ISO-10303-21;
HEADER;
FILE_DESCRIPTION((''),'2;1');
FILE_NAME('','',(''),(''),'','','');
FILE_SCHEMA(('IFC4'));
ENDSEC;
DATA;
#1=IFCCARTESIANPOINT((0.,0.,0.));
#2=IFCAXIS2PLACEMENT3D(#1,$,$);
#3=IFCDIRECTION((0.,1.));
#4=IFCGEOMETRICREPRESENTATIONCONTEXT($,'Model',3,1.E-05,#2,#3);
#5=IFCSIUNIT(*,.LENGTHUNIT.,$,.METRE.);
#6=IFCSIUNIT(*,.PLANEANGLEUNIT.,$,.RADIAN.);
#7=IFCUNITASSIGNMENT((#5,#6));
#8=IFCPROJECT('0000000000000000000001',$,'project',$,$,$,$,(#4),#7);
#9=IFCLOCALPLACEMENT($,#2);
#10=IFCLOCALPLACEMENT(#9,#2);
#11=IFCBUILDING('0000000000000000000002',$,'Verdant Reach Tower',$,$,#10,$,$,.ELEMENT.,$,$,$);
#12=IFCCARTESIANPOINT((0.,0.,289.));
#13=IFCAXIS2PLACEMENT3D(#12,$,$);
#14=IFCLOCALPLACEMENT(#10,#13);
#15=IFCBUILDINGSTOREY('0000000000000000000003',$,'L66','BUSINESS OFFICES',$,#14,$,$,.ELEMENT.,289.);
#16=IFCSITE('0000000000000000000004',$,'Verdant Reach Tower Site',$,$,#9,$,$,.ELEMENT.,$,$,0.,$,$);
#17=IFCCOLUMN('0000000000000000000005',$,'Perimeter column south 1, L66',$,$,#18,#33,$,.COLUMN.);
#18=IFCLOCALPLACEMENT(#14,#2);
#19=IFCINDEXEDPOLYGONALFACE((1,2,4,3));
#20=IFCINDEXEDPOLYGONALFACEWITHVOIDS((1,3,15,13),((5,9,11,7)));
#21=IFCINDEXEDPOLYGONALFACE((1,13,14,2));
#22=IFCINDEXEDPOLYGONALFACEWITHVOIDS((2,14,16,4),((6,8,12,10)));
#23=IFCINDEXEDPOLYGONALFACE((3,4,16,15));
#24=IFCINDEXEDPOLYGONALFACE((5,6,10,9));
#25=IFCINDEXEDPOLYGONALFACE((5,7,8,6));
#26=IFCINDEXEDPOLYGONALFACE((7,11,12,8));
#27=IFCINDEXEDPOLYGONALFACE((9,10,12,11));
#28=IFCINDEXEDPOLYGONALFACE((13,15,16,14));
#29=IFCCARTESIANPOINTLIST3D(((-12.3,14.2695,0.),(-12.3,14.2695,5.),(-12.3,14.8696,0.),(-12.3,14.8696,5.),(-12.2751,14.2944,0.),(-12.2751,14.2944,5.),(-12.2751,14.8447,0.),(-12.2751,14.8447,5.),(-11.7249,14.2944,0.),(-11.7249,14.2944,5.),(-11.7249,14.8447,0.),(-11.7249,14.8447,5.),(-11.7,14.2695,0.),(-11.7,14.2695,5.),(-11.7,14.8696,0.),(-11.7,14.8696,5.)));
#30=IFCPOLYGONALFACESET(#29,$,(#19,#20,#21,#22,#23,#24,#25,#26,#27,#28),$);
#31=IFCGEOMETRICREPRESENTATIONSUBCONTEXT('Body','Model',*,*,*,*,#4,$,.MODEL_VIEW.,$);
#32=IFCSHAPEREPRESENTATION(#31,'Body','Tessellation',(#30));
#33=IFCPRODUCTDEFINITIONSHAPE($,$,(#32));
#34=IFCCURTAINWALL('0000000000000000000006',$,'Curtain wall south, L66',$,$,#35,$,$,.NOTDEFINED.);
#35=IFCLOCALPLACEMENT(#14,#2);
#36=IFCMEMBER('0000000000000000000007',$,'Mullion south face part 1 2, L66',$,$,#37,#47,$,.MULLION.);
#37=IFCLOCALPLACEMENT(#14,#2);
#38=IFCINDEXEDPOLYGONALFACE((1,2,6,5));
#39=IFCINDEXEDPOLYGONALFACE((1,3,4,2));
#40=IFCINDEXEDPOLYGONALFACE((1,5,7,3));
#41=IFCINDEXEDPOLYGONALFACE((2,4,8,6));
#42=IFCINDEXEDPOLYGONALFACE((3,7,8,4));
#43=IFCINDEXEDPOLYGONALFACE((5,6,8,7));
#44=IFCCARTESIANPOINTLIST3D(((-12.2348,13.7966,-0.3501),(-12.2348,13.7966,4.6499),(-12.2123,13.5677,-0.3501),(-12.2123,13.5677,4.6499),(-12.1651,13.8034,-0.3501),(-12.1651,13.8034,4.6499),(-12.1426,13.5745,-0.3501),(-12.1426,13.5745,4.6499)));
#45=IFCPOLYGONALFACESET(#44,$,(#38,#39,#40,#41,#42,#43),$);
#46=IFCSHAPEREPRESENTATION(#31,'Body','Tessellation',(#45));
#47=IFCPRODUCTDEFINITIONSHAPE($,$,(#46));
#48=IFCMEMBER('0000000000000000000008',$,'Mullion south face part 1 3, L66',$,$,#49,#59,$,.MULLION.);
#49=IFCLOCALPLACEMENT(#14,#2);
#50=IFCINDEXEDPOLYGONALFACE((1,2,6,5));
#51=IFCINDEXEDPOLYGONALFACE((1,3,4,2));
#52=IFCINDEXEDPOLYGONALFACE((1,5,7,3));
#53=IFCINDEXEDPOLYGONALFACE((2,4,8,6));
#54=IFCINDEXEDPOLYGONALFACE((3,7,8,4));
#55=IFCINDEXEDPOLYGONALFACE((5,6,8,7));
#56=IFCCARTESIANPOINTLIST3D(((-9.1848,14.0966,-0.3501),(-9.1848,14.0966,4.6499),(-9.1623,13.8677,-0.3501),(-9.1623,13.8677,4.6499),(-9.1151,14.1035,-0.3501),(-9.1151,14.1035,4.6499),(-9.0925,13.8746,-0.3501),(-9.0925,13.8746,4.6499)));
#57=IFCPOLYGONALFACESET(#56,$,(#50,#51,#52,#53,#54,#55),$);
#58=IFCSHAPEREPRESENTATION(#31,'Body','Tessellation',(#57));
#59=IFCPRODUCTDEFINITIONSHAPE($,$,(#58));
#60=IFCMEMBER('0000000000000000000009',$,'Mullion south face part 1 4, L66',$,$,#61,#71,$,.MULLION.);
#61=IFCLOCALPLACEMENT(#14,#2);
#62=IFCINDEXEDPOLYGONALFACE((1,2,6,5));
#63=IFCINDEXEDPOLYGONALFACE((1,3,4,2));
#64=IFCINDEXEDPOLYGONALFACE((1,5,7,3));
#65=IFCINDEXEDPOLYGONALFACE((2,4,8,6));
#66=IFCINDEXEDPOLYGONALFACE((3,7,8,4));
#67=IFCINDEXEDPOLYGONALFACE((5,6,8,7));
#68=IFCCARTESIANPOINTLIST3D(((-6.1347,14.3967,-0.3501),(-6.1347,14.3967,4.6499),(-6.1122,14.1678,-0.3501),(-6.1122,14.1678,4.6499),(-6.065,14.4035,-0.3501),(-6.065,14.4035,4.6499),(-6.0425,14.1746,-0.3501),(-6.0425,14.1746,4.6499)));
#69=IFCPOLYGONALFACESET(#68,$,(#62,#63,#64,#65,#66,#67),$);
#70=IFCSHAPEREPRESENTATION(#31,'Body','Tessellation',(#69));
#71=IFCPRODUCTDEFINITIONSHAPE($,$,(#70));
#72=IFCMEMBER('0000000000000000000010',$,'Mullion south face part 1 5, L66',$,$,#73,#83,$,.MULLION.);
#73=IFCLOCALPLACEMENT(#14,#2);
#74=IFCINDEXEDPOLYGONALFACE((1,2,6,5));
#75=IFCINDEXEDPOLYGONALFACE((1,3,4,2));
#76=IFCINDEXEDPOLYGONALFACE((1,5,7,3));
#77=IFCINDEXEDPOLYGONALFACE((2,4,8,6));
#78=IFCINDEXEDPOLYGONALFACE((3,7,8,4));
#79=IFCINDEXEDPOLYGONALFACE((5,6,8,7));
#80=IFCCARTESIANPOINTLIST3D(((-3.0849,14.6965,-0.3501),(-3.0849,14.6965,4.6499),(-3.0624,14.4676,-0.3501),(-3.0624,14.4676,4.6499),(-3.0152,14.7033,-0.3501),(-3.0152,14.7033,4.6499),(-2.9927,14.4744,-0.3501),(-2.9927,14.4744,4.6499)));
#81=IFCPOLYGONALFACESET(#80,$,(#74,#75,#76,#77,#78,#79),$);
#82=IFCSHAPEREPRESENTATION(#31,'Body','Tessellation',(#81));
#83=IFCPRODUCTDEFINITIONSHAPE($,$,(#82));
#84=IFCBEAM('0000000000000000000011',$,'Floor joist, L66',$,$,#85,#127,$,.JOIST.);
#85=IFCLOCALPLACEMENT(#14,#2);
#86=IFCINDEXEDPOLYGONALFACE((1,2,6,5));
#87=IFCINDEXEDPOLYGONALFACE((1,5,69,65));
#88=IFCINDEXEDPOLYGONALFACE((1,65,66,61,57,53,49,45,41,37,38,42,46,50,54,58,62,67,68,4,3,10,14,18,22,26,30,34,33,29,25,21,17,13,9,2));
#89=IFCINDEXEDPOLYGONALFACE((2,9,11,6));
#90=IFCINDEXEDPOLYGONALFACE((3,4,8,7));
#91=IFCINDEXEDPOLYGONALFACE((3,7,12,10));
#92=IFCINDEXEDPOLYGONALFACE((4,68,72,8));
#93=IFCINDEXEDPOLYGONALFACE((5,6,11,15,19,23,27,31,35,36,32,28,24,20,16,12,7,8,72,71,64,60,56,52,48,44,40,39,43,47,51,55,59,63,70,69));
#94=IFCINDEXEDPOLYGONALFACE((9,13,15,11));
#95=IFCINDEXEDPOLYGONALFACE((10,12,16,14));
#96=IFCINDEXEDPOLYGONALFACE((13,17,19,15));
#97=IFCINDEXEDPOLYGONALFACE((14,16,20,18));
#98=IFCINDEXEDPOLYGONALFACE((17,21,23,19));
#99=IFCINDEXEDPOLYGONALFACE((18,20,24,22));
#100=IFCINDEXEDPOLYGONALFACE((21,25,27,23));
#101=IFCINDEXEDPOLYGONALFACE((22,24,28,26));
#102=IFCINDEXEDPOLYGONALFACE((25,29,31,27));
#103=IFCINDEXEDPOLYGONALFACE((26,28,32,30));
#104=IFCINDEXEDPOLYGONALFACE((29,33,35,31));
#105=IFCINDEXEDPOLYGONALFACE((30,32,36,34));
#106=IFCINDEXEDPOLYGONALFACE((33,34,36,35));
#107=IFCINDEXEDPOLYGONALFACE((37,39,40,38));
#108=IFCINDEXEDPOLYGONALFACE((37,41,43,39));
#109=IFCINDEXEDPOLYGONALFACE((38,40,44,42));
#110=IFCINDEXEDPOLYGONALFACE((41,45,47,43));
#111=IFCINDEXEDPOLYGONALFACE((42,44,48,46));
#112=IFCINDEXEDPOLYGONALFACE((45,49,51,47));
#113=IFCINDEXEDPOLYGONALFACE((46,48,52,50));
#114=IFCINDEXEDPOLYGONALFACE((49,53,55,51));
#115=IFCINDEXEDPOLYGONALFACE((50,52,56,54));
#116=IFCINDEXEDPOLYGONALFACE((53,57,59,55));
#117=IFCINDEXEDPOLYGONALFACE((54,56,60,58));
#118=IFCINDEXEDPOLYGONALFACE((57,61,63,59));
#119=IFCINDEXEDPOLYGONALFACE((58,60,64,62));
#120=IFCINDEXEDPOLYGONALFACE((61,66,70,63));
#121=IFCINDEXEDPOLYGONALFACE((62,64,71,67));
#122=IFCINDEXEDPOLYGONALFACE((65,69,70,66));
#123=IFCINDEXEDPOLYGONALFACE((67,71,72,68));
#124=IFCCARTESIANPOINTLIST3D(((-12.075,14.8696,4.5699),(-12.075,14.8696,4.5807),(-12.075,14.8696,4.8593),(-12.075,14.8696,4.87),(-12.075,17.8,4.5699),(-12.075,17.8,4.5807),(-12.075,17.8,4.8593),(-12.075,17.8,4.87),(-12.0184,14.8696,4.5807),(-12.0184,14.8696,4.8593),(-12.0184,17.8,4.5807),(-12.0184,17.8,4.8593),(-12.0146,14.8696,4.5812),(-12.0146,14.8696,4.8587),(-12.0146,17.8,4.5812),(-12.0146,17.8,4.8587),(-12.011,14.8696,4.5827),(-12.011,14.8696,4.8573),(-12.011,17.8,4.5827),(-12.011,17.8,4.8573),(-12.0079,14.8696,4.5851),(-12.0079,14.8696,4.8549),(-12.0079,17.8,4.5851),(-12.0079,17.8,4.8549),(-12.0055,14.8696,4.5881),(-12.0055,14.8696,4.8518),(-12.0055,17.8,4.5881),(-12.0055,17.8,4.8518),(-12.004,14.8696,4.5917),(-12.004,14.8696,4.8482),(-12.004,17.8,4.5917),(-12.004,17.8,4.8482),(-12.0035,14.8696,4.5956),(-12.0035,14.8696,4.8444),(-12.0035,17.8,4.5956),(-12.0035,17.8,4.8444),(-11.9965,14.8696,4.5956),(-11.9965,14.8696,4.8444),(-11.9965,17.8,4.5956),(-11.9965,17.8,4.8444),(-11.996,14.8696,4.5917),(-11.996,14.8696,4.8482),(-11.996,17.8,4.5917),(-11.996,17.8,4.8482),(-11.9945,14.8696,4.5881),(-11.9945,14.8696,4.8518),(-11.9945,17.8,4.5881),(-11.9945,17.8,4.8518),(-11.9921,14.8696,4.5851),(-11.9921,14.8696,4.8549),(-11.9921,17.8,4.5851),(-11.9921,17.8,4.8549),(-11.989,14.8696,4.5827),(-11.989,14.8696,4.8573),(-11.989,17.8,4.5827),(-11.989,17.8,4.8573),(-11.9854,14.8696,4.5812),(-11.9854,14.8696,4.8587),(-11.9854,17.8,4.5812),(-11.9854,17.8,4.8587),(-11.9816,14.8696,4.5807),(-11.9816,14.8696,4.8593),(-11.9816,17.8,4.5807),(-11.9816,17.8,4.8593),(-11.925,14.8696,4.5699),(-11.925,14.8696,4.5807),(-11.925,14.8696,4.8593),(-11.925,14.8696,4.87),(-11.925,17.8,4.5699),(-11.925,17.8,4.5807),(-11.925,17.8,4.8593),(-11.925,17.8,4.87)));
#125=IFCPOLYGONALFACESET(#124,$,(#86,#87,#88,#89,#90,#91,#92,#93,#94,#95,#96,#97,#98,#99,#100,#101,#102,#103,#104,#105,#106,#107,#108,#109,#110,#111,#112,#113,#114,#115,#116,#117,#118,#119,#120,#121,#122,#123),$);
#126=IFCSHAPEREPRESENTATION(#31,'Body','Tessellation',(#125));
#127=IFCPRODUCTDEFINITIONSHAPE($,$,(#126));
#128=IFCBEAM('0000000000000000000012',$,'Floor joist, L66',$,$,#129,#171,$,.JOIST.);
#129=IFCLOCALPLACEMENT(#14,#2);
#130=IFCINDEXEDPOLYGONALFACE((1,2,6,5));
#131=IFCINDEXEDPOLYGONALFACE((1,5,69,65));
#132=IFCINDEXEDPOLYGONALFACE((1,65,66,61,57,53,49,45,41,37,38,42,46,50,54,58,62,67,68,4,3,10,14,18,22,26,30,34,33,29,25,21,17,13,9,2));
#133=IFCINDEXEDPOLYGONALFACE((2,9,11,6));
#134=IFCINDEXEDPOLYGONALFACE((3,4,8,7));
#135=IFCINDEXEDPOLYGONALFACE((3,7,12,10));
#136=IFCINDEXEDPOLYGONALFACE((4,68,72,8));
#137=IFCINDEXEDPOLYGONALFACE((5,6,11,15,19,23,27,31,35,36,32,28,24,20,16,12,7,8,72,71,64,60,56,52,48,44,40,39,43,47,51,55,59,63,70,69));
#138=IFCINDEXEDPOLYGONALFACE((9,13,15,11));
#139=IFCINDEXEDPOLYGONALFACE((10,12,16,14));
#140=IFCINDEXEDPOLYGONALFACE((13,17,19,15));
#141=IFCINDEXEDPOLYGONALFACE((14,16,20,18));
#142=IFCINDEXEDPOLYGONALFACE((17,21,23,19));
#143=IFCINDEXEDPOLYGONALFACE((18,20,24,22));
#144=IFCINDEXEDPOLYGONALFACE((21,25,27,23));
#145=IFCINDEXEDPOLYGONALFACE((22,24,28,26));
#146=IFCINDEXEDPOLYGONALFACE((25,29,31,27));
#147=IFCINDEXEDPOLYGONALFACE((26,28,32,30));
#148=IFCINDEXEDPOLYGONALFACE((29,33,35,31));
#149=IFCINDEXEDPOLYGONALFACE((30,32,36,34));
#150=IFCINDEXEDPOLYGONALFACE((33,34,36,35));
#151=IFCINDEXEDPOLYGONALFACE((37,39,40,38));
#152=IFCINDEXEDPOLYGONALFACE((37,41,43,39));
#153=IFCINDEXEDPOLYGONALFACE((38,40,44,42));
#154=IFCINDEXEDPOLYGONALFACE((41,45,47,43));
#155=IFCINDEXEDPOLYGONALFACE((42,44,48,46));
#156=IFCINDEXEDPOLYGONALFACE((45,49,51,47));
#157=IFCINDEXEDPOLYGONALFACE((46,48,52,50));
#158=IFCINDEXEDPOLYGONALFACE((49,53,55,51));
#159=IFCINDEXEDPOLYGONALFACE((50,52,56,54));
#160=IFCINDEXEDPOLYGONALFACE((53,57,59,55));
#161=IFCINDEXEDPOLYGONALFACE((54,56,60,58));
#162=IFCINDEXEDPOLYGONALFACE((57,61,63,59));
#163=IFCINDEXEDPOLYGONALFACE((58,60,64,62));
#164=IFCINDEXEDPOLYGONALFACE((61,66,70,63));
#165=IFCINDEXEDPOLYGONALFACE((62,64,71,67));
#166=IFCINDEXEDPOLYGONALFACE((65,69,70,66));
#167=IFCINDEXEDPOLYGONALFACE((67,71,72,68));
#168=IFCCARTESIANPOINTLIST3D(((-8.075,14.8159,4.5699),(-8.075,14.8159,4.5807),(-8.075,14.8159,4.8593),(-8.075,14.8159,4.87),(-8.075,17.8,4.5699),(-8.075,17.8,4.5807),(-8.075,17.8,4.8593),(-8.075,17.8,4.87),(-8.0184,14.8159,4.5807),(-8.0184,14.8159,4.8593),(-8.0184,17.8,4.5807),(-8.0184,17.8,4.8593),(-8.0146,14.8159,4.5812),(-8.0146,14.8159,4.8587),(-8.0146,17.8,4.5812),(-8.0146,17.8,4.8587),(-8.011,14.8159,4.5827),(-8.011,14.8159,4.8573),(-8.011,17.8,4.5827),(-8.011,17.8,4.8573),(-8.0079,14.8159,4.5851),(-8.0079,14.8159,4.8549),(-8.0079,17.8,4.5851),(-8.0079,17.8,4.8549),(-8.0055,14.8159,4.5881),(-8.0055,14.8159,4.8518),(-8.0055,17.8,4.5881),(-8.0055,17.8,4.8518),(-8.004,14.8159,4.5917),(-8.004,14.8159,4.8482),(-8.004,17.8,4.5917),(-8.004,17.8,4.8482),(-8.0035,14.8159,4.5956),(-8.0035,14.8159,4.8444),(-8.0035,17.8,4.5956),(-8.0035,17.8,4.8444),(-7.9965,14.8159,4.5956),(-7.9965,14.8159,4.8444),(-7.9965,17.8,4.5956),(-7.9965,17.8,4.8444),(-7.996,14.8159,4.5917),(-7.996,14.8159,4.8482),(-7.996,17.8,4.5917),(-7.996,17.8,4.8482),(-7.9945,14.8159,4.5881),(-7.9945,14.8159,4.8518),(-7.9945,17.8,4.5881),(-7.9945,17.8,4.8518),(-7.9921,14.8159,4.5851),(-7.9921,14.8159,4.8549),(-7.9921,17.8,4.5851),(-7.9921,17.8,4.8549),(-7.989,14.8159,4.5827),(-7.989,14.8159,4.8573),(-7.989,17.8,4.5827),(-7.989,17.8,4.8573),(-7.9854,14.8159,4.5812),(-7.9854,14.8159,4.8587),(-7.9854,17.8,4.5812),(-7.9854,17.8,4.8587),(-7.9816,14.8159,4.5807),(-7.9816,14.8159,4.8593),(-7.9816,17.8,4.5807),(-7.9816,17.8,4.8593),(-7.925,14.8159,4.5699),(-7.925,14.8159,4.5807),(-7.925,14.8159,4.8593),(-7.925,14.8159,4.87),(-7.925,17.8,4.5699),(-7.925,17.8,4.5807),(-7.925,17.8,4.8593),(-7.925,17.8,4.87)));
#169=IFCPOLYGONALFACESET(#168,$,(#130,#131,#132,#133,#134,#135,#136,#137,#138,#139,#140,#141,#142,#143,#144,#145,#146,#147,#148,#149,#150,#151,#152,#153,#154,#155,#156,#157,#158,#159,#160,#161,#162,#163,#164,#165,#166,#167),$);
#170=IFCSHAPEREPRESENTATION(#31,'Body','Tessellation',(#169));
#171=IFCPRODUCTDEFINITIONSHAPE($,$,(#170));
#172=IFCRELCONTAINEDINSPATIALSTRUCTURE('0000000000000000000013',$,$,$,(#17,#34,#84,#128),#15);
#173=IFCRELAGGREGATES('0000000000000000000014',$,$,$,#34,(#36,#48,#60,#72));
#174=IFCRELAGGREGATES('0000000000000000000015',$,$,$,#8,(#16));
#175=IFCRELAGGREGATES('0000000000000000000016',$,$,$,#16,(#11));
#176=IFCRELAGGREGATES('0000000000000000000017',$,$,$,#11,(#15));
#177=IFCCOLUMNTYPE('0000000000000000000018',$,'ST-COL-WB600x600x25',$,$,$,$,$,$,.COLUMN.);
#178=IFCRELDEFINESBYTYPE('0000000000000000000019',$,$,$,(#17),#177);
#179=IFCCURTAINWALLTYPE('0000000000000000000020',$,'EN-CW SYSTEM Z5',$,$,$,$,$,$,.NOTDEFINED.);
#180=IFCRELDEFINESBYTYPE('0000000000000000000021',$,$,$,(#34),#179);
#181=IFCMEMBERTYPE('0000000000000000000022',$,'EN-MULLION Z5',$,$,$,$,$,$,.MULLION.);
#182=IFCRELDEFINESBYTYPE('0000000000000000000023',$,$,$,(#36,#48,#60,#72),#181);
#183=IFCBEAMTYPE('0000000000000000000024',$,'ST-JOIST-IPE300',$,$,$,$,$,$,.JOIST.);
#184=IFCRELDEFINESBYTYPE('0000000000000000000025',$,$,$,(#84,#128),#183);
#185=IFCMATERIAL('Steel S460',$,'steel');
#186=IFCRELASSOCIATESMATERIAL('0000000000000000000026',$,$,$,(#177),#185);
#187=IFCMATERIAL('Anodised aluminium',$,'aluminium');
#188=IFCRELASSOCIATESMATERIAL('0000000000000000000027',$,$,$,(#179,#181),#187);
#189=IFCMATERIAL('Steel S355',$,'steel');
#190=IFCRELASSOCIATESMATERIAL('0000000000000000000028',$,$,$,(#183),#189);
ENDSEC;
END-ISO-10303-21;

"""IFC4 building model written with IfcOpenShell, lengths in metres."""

from ifc_helpers import new_model, si_unit, direction, frame, origin, origin_2d, place, context, subcontext, project, spatial, rectangle, hollow_rectangle, i_section, extrude, material, material_profile, profile_set, type_object, element, aggregate, save


model = new_model("IFC4")

# Units and contexts
model_context = context("Model", 3, precision=1e-05, world=origin(), true_north=direction((0.0, 1.0)))
body_context = subcontext(model_context, "Body", "Model", "MODEL_VIEW")
ifc_project = project(units=[si_unit("LENGTHUNIT", "METRE"), si_unit("PLANEANGLEUNIT", "RADIAN")], contexts=[model_context])

# Site, building, storey
site_placement = place(None, origin())
site = spatial("IfcSite", under=ifc_project, at=site_placement, Name="Verdant Reach Tower Site", CompositionType="ELEMENT", RefElevation=0.0)
building_placement = place(site_placement, origin())
building = spatial("IfcBuilding", under=site, at=building_placement, Name="Verdant Reach Tower", CompositionType="ELEMENT")
storey_placement = place(building_placement, frame((0.0, 0.0, 289.0)))
storey = spatial("IfcBuildingStorey", under=building, at=storey_placement, Name="L66", Description="BUSINESS OFFICES", CompositionType="ELEMENT", Elevation=289.0)

# Column
ifc_material_1 = material(Name="Steel S460", Category="steel")
ifc_material_profile_1 = material_profile(ifc_material_1, hollow_rectangle(XDim=0.6001, YDim=0.6001, WallThickness=0.0249, at=origin_2d()), Name="WB 600x600x25")
ifc_profile_set_1 = profile_set([ifc_material_profile_1], Name="Steel S460")
column_type = type_object("IfcColumnType", Name="ST-COL-WB600x600x25", PredefinedType="COLUMN", material=ifc_profile_set_1)
column_placement = place(storey_placement, frame((-12.0, 14.5696, 0.0), z_axis=(0.0, 0.0, 1.0), x_axis=(1.0, 0.0, 0.0)))
element("IfcColumn", 1, at=column_placement, inside=storey, type_object=column_type, Name="Perimeter column south 1, L66", PredefinedType="COLUMN", context=body_context, shape_type="SweptSolid", body=[
    extrude(hollow_rectangle(XDim=0.6001, YDim=0.6001, WallThickness=0.0249, at=origin_2d()), origin(), (0.0, 0.0, 1.0), 5.0),
])

# Curtain wall, members
ifc_material_2 = material(Name="Anodised aluminium", Category="aluminium")
curtain_wall_type = type_object("IfcCurtainWallType", Name="EN-CW SYSTEM Z5", PredefinedType="NOTDEFINED", material=ifc_material_2)
curtain_wall_placement = place(storey_placement, origin())
curtain_wall = element("IfcCurtainWall", 2, at=curtain_wall_placement, inside=storey, type_object=curtain_wall_type, Name="Curtain wall south, L66", PredefinedType="NOTDEFINED")
ifc_material_profile_2 = material_profile(ifc_material_2, rectangle(XDim=0.23, YDim=0.0701, at=origin_2d()), Name="Mullion 70x230")
ifc_profile_set_2 = profile_set([ifc_material_profile_2], Name="Anodised aluminium")
member_type = type_object("IfcMemberType", Name="EN-MULLION Z5", PredefinedType="MULLION", material=ifc_profile_set_2)
member_1_placement = place(storey_placement, frame((-12.1887, 13.6855, -0.3501), z_axis=(0.0, 0.0, 1.0), x_axis=(0.097888, -0.995197, 0.0)))
member_1 = element("IfcMember", 3, at=member_1_placement, type_object=member_type, Name="Mullion south face part 1 2, L66", PredefinedType="MULLION", context=body_context, shape_type="SweptSolid", body=[
    extrude(rectangle(XDim=0.23, YDim=0.0701, at=origin_2d()), origin(), (0.0, 0.0, 1.0), 5.0),
])
member_2_placement = place(storey_placement, frame((-9.1387, 13.9856, -0.3501), z_axis=(0.0, 0.0, 1.0), x_axis=(0.097888, -0.995197, 0.0)))
member_2 = element("IfcMember", 4, at=member_2_placement, type_object=member_type, Name="Mullion south face part 1 3, L66", PredefinedType="MULLION", context=body_context, shape_type="SweptSolid", body=[
    extrude(rectangle(XDim=0.23, YDim=0.0701, at=origin_2d()), origin(), (0.0, 0.0, 1.0), 5.0),
])
member_3_placement = place(storey_placement, frame((-6.0886, 14.2856, -0.3501), z_axis=(0.0, 0.0, 1.0), x_axis=(0.097888, -0.995197, 0.0)))
member_3 = element("IfcMember", 5, at=member_3_placement, type_object=member_type, Name="Mullion south face part 1 4, L66", PredefinedType="MULLION", context=body_context, shape_type="SweptSolid", body=[
    extrude(rectangle(XDim=0.23, YDim=0.0701, at=origin_2d()), origin(), (0.0, 0.0, 1.0), 5.0),
])
member_4_placement = place(storey_placement, frame((-3.0388, 14.5854, -0.3501), z_axis=(0.0, 0.0, 1.0), x_axis=(0.097888, -0.995197, 0.0)))
member_4 = element("IfcMember", 6, at=member_4_placement, type_object=member_type, Name="Mullion south face part 1 5, L66", PredefinedType="MULLION", context=body_context, shape_type="SweptSolid", body=[
    extrude(rectangle(XDim=0.23, YDim=0.0701, at=origin_2d()), origin(), (0.0, 0.0, 1.0), 5.0),
])

# Beams
ifc_material_3 = material(Name="Steel S355", Category="steel")
ifc_material_profile_3 = material_profile(ifc_material_3, i_section(OverallWidth=0.1499, OverallDepth=0.3, WebThickness=0.0071, FlangeThickness=0.0107, FilletRadius=0.0149, at=origin_2d()), Name="IPE 300")
ifc_profile_set_3 = profile_set([ifc_material_profile_3], Name="Steel S355")
beam_type_1 = type_object("IfcBeamType", Name="ST-JOIST-IPE300", PredefinedType="JOIST", material=ifc_profile_set_3)
beam_1_placement = place(storey_placement, frame((-12.0, 17.8, 4.72), z_axis=(0.0, -1.0, 0.0), x_axis=(1.0, 0.0, 0.0)))
element("IfcBeam", 7, at=beam_1_placement, inside=storey, type_object=beam_type_1, Name="Floor joist, L66", PredefinedType="JOIST", context=body_context, shape_type="SweptSolid", body=[
    extrude(i_section(OverallWidth=0.1499, OverallDepth=0.3, WebThickness=0.0071, FlangeThickness=0.0107, FilletRadius=0.0149, at=origin_2d()), origin(), (0.0, 0.0, 1.0), 2.9304),
])
beam_2_placement = place(storey_placement, frame((-8.0, 17.8, 4.72), z_axis=(0.0, -1.0, 0.0), x_axis=(1.0, 0.0, 0.0)))
element("IfcBeam", 8, at=beam_2_placement, inside=storey, type_object=beam_type_1, Name="Floor joist, L66", PredefinedType="JOIST", context=body_context, shape_type="SweptSolid", body=[
    extrude(i_section(OverallWidth=0.1499, OverallDepth=0.3, WebThickness=0.0071, FlangeThickness=0.0107, FilletRadius=0.0149, at=origin_2d()), origin(), (0.0, 0.0, 1.0), 2.9841),
])

aggregate(curtain_wall, [member_1, member_2, member_3, member_4])

save(model, "model.ifc")
